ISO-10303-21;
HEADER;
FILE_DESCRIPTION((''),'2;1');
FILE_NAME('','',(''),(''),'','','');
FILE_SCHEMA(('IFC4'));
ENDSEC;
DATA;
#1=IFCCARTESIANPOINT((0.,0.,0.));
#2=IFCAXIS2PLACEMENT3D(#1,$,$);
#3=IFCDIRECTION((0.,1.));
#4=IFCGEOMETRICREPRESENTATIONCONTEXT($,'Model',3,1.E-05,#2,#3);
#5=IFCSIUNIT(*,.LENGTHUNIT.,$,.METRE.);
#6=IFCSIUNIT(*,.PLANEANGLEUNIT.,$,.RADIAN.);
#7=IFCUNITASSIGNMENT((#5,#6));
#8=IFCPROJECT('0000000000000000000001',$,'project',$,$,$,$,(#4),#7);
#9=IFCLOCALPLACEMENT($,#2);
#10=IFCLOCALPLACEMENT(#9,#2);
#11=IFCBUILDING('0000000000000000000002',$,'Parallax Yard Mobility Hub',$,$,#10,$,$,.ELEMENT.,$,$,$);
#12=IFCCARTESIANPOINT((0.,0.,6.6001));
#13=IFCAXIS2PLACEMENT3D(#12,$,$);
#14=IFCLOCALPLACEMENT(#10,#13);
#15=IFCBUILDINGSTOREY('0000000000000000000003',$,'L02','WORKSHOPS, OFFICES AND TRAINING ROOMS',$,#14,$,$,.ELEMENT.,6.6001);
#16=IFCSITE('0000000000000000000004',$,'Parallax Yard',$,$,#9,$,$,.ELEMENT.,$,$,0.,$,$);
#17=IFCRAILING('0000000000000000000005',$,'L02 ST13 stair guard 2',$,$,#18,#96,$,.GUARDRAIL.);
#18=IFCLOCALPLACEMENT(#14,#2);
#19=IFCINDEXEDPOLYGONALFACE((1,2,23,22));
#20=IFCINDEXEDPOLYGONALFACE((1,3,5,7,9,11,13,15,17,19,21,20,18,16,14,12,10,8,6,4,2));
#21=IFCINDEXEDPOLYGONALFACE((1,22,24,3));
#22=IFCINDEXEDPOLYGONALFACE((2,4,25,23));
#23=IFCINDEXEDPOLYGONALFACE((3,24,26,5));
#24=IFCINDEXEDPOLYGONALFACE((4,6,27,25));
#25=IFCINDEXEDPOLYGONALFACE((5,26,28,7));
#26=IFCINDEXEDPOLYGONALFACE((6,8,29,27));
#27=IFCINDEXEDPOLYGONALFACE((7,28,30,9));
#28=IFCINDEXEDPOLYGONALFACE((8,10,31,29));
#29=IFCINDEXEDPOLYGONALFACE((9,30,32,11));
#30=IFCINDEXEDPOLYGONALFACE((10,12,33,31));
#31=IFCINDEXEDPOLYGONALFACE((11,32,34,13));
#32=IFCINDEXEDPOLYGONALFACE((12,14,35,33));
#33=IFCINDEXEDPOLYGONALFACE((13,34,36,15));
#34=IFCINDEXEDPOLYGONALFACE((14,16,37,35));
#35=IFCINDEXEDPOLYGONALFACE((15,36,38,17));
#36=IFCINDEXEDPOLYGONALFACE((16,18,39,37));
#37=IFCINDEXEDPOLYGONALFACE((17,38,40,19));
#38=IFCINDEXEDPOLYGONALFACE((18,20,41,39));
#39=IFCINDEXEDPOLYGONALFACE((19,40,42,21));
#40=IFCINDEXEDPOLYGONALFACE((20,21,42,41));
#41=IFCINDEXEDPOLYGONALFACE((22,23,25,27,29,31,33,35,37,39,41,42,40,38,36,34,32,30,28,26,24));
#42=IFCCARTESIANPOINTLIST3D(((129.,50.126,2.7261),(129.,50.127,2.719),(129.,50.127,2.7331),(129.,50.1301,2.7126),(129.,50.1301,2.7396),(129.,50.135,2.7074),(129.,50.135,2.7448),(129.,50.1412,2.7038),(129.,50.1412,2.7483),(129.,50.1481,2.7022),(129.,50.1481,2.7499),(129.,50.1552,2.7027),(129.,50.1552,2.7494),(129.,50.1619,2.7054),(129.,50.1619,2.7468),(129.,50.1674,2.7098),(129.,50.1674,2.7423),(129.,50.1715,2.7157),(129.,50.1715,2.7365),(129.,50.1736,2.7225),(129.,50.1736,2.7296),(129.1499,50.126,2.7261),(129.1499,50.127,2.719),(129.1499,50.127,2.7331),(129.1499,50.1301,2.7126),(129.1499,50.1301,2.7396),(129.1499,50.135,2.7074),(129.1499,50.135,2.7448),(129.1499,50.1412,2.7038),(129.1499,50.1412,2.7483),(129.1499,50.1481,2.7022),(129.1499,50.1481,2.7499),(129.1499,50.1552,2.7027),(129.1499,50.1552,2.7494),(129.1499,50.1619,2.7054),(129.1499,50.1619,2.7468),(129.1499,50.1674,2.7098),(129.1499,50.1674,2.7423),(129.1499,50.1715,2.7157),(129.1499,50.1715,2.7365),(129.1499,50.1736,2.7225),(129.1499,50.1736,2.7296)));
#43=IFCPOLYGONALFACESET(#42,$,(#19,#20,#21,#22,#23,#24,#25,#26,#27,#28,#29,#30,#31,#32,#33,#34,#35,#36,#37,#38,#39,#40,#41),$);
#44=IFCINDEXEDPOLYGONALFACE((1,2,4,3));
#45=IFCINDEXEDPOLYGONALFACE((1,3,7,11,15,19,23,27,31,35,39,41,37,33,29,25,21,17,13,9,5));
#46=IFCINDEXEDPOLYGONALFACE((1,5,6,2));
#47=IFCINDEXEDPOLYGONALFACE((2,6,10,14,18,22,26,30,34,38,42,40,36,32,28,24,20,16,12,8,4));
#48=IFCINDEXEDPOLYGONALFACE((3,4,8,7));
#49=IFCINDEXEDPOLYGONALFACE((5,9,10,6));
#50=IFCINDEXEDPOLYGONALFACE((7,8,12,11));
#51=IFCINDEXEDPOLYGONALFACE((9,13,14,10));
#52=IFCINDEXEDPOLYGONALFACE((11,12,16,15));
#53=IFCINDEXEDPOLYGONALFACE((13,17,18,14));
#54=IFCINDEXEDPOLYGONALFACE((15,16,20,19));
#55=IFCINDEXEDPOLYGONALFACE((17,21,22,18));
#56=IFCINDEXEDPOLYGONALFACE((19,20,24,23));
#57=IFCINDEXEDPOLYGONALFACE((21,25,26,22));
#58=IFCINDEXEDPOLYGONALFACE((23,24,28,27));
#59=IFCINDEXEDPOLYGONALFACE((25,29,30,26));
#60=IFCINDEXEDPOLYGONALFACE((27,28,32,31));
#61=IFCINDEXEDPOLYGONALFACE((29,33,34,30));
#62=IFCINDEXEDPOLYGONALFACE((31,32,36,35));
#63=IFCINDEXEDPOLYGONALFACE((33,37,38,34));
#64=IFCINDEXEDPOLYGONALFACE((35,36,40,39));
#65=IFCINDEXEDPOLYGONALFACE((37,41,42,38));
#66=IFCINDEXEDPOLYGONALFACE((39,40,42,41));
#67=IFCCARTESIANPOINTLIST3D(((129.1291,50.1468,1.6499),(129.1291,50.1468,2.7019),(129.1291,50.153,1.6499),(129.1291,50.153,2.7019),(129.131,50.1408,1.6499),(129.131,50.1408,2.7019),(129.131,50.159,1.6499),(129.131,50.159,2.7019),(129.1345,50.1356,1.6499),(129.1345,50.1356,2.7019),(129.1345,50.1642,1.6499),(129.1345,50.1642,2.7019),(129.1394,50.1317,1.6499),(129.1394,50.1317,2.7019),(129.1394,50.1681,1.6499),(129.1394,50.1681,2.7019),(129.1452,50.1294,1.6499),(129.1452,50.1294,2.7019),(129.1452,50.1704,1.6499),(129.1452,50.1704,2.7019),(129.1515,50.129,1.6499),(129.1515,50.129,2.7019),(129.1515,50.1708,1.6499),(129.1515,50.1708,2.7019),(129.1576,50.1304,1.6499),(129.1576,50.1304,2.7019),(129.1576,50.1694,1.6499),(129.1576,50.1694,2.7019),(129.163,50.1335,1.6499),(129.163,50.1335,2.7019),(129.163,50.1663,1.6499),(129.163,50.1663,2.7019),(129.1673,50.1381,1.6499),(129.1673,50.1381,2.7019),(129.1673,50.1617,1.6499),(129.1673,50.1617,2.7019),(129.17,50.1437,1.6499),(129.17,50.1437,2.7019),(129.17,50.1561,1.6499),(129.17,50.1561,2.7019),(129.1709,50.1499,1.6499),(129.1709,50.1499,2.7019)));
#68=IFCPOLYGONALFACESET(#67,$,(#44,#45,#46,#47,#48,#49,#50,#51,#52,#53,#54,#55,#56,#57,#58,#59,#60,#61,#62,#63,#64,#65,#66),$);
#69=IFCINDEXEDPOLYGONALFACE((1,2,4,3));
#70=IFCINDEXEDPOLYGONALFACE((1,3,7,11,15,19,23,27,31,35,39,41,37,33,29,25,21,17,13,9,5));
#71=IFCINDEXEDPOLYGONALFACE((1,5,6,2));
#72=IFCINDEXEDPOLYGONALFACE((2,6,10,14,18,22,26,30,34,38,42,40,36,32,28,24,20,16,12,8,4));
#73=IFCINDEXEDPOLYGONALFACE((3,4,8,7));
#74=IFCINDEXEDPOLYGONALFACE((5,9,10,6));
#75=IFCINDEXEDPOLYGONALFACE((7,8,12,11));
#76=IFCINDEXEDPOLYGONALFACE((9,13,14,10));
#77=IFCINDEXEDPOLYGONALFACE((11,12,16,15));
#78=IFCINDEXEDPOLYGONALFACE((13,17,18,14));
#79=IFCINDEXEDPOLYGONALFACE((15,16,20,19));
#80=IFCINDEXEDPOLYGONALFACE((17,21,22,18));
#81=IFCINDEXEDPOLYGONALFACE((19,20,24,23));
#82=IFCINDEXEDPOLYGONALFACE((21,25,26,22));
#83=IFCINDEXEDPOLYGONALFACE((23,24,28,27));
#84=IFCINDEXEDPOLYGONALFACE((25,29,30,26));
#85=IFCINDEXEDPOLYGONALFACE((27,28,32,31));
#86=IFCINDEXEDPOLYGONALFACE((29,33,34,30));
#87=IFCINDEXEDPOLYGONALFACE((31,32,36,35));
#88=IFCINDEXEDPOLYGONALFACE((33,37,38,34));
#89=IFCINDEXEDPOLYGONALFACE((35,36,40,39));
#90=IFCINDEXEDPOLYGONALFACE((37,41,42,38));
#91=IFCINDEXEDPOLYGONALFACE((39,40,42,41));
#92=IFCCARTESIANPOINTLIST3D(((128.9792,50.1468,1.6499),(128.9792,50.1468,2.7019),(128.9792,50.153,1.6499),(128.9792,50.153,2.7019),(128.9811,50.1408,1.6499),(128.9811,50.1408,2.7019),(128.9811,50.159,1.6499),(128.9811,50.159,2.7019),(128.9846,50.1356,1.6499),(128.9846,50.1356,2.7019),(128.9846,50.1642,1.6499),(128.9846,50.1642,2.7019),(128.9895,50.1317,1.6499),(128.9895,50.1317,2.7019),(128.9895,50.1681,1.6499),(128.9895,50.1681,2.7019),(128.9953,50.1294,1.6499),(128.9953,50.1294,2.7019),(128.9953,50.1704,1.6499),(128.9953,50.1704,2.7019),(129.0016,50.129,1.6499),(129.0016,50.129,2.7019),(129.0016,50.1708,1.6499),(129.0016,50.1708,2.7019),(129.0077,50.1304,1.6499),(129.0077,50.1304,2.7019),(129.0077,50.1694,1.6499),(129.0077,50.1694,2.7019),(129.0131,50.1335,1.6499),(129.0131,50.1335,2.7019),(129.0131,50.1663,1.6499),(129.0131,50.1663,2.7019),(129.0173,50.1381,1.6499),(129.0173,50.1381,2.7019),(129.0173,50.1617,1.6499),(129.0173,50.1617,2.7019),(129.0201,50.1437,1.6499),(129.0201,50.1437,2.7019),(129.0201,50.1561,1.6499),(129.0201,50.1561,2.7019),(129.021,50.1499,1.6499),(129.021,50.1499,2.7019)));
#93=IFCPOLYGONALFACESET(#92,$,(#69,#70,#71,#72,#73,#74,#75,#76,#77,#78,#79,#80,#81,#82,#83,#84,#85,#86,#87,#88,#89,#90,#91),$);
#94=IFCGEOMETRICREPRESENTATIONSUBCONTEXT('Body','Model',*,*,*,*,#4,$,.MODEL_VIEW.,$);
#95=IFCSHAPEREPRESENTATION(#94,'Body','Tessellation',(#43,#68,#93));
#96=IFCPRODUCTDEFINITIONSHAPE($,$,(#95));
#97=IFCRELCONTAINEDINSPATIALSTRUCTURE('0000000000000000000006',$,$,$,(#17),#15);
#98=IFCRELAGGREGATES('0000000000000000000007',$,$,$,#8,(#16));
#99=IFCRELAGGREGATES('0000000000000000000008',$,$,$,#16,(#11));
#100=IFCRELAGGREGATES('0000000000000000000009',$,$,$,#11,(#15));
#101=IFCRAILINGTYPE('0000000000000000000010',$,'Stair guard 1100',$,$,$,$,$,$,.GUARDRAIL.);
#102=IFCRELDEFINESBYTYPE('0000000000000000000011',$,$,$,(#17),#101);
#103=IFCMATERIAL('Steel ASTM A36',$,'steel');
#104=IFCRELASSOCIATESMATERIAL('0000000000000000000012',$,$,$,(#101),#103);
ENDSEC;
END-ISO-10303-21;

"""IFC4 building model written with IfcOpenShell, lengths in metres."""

from ifc_helpers import new_model, si_unit, direction, frame, origin, origin_2d, place, context, subcontext, project, spatial, circle, extrude, material, type_object, element, save


model = new_model("IFC4")

# Units and contexts
model_context = context("Model", 3, precision=1e-05, world=origin(), true_north=direction((0.0, 1.0)))
body_context = subcontext(model_context, "Body", "Model", "MODEL_VIEW")
ifc_project = project(units=[si_unit("LENGTHUNIT", "METRE"), si_unit("PLANEANGLEUNIT", "RADIAN")], contexts=[model_context])

# Site, building, storey
site_placement = place(None, origin())
site = spatial("IfcSite", under=ifc_project, at=site_placement, Name="Parallax Yard", CompositionType="ELEMENT", RefElevation=0.0)
building_placement = place(site_placement, origin())
building = spatial("IfcBuilding", under=site, at=building_placement, Name="Parallax Yard Mobility Hub", CompositionType="ELEMENT")
storey_placement = place(building_placement, frame((0.0, 0.0, 6.6001)))
storey = spatial("IfcBuildingStorey", under=building, at=storey_placement, Name="L02", Description="WORKSHOPS, OFFICES AND TRAINING ROOMS", CompositionType="ELEMENT", Elevation=6.6001)

# Railing
ifc_material_1 = material(Name="Steel ASTM A36", Category="steel")
railing_type_1 = type_object("IfcRailingType", Name="Stair guard 1100", PredefinedType="GUARDRAIL", material=ifc_material_1)
railing_1_placement = place(storey_placement, frame((129.1499, 50.1499, 1.6499)))
element("IfcRailing", 1, at=railing_1_placement, inside=storey, type_object=railing_type_1, Name="L02 ST13 stair guard 2", PredefinedType="GUARDRAIL", context=body_context, shape_type="SweptSolid", body=[
    extrude(circle(Radius=0.0239, at=origin_2d()), frame((0.0, 0.0, 1.0762), z_axis=(-1.0, 0.0, 0.0), x_axis=(0.0, -1.0, 0.0)), (0.0, 0.0, 1.0), 0.1499),
    extrude(circle(Radius=0.021, at=origin_2d()), origin(), (0.0, 0.0, 1.0), 1.052),
    extrude(circle(Radius=0.021, at=origin_2d()), frame((-0.1499, 0.0, 0.0)), (0.0, 0.0, 1.0), 1.052),
])

save(model, "model.ifc")
